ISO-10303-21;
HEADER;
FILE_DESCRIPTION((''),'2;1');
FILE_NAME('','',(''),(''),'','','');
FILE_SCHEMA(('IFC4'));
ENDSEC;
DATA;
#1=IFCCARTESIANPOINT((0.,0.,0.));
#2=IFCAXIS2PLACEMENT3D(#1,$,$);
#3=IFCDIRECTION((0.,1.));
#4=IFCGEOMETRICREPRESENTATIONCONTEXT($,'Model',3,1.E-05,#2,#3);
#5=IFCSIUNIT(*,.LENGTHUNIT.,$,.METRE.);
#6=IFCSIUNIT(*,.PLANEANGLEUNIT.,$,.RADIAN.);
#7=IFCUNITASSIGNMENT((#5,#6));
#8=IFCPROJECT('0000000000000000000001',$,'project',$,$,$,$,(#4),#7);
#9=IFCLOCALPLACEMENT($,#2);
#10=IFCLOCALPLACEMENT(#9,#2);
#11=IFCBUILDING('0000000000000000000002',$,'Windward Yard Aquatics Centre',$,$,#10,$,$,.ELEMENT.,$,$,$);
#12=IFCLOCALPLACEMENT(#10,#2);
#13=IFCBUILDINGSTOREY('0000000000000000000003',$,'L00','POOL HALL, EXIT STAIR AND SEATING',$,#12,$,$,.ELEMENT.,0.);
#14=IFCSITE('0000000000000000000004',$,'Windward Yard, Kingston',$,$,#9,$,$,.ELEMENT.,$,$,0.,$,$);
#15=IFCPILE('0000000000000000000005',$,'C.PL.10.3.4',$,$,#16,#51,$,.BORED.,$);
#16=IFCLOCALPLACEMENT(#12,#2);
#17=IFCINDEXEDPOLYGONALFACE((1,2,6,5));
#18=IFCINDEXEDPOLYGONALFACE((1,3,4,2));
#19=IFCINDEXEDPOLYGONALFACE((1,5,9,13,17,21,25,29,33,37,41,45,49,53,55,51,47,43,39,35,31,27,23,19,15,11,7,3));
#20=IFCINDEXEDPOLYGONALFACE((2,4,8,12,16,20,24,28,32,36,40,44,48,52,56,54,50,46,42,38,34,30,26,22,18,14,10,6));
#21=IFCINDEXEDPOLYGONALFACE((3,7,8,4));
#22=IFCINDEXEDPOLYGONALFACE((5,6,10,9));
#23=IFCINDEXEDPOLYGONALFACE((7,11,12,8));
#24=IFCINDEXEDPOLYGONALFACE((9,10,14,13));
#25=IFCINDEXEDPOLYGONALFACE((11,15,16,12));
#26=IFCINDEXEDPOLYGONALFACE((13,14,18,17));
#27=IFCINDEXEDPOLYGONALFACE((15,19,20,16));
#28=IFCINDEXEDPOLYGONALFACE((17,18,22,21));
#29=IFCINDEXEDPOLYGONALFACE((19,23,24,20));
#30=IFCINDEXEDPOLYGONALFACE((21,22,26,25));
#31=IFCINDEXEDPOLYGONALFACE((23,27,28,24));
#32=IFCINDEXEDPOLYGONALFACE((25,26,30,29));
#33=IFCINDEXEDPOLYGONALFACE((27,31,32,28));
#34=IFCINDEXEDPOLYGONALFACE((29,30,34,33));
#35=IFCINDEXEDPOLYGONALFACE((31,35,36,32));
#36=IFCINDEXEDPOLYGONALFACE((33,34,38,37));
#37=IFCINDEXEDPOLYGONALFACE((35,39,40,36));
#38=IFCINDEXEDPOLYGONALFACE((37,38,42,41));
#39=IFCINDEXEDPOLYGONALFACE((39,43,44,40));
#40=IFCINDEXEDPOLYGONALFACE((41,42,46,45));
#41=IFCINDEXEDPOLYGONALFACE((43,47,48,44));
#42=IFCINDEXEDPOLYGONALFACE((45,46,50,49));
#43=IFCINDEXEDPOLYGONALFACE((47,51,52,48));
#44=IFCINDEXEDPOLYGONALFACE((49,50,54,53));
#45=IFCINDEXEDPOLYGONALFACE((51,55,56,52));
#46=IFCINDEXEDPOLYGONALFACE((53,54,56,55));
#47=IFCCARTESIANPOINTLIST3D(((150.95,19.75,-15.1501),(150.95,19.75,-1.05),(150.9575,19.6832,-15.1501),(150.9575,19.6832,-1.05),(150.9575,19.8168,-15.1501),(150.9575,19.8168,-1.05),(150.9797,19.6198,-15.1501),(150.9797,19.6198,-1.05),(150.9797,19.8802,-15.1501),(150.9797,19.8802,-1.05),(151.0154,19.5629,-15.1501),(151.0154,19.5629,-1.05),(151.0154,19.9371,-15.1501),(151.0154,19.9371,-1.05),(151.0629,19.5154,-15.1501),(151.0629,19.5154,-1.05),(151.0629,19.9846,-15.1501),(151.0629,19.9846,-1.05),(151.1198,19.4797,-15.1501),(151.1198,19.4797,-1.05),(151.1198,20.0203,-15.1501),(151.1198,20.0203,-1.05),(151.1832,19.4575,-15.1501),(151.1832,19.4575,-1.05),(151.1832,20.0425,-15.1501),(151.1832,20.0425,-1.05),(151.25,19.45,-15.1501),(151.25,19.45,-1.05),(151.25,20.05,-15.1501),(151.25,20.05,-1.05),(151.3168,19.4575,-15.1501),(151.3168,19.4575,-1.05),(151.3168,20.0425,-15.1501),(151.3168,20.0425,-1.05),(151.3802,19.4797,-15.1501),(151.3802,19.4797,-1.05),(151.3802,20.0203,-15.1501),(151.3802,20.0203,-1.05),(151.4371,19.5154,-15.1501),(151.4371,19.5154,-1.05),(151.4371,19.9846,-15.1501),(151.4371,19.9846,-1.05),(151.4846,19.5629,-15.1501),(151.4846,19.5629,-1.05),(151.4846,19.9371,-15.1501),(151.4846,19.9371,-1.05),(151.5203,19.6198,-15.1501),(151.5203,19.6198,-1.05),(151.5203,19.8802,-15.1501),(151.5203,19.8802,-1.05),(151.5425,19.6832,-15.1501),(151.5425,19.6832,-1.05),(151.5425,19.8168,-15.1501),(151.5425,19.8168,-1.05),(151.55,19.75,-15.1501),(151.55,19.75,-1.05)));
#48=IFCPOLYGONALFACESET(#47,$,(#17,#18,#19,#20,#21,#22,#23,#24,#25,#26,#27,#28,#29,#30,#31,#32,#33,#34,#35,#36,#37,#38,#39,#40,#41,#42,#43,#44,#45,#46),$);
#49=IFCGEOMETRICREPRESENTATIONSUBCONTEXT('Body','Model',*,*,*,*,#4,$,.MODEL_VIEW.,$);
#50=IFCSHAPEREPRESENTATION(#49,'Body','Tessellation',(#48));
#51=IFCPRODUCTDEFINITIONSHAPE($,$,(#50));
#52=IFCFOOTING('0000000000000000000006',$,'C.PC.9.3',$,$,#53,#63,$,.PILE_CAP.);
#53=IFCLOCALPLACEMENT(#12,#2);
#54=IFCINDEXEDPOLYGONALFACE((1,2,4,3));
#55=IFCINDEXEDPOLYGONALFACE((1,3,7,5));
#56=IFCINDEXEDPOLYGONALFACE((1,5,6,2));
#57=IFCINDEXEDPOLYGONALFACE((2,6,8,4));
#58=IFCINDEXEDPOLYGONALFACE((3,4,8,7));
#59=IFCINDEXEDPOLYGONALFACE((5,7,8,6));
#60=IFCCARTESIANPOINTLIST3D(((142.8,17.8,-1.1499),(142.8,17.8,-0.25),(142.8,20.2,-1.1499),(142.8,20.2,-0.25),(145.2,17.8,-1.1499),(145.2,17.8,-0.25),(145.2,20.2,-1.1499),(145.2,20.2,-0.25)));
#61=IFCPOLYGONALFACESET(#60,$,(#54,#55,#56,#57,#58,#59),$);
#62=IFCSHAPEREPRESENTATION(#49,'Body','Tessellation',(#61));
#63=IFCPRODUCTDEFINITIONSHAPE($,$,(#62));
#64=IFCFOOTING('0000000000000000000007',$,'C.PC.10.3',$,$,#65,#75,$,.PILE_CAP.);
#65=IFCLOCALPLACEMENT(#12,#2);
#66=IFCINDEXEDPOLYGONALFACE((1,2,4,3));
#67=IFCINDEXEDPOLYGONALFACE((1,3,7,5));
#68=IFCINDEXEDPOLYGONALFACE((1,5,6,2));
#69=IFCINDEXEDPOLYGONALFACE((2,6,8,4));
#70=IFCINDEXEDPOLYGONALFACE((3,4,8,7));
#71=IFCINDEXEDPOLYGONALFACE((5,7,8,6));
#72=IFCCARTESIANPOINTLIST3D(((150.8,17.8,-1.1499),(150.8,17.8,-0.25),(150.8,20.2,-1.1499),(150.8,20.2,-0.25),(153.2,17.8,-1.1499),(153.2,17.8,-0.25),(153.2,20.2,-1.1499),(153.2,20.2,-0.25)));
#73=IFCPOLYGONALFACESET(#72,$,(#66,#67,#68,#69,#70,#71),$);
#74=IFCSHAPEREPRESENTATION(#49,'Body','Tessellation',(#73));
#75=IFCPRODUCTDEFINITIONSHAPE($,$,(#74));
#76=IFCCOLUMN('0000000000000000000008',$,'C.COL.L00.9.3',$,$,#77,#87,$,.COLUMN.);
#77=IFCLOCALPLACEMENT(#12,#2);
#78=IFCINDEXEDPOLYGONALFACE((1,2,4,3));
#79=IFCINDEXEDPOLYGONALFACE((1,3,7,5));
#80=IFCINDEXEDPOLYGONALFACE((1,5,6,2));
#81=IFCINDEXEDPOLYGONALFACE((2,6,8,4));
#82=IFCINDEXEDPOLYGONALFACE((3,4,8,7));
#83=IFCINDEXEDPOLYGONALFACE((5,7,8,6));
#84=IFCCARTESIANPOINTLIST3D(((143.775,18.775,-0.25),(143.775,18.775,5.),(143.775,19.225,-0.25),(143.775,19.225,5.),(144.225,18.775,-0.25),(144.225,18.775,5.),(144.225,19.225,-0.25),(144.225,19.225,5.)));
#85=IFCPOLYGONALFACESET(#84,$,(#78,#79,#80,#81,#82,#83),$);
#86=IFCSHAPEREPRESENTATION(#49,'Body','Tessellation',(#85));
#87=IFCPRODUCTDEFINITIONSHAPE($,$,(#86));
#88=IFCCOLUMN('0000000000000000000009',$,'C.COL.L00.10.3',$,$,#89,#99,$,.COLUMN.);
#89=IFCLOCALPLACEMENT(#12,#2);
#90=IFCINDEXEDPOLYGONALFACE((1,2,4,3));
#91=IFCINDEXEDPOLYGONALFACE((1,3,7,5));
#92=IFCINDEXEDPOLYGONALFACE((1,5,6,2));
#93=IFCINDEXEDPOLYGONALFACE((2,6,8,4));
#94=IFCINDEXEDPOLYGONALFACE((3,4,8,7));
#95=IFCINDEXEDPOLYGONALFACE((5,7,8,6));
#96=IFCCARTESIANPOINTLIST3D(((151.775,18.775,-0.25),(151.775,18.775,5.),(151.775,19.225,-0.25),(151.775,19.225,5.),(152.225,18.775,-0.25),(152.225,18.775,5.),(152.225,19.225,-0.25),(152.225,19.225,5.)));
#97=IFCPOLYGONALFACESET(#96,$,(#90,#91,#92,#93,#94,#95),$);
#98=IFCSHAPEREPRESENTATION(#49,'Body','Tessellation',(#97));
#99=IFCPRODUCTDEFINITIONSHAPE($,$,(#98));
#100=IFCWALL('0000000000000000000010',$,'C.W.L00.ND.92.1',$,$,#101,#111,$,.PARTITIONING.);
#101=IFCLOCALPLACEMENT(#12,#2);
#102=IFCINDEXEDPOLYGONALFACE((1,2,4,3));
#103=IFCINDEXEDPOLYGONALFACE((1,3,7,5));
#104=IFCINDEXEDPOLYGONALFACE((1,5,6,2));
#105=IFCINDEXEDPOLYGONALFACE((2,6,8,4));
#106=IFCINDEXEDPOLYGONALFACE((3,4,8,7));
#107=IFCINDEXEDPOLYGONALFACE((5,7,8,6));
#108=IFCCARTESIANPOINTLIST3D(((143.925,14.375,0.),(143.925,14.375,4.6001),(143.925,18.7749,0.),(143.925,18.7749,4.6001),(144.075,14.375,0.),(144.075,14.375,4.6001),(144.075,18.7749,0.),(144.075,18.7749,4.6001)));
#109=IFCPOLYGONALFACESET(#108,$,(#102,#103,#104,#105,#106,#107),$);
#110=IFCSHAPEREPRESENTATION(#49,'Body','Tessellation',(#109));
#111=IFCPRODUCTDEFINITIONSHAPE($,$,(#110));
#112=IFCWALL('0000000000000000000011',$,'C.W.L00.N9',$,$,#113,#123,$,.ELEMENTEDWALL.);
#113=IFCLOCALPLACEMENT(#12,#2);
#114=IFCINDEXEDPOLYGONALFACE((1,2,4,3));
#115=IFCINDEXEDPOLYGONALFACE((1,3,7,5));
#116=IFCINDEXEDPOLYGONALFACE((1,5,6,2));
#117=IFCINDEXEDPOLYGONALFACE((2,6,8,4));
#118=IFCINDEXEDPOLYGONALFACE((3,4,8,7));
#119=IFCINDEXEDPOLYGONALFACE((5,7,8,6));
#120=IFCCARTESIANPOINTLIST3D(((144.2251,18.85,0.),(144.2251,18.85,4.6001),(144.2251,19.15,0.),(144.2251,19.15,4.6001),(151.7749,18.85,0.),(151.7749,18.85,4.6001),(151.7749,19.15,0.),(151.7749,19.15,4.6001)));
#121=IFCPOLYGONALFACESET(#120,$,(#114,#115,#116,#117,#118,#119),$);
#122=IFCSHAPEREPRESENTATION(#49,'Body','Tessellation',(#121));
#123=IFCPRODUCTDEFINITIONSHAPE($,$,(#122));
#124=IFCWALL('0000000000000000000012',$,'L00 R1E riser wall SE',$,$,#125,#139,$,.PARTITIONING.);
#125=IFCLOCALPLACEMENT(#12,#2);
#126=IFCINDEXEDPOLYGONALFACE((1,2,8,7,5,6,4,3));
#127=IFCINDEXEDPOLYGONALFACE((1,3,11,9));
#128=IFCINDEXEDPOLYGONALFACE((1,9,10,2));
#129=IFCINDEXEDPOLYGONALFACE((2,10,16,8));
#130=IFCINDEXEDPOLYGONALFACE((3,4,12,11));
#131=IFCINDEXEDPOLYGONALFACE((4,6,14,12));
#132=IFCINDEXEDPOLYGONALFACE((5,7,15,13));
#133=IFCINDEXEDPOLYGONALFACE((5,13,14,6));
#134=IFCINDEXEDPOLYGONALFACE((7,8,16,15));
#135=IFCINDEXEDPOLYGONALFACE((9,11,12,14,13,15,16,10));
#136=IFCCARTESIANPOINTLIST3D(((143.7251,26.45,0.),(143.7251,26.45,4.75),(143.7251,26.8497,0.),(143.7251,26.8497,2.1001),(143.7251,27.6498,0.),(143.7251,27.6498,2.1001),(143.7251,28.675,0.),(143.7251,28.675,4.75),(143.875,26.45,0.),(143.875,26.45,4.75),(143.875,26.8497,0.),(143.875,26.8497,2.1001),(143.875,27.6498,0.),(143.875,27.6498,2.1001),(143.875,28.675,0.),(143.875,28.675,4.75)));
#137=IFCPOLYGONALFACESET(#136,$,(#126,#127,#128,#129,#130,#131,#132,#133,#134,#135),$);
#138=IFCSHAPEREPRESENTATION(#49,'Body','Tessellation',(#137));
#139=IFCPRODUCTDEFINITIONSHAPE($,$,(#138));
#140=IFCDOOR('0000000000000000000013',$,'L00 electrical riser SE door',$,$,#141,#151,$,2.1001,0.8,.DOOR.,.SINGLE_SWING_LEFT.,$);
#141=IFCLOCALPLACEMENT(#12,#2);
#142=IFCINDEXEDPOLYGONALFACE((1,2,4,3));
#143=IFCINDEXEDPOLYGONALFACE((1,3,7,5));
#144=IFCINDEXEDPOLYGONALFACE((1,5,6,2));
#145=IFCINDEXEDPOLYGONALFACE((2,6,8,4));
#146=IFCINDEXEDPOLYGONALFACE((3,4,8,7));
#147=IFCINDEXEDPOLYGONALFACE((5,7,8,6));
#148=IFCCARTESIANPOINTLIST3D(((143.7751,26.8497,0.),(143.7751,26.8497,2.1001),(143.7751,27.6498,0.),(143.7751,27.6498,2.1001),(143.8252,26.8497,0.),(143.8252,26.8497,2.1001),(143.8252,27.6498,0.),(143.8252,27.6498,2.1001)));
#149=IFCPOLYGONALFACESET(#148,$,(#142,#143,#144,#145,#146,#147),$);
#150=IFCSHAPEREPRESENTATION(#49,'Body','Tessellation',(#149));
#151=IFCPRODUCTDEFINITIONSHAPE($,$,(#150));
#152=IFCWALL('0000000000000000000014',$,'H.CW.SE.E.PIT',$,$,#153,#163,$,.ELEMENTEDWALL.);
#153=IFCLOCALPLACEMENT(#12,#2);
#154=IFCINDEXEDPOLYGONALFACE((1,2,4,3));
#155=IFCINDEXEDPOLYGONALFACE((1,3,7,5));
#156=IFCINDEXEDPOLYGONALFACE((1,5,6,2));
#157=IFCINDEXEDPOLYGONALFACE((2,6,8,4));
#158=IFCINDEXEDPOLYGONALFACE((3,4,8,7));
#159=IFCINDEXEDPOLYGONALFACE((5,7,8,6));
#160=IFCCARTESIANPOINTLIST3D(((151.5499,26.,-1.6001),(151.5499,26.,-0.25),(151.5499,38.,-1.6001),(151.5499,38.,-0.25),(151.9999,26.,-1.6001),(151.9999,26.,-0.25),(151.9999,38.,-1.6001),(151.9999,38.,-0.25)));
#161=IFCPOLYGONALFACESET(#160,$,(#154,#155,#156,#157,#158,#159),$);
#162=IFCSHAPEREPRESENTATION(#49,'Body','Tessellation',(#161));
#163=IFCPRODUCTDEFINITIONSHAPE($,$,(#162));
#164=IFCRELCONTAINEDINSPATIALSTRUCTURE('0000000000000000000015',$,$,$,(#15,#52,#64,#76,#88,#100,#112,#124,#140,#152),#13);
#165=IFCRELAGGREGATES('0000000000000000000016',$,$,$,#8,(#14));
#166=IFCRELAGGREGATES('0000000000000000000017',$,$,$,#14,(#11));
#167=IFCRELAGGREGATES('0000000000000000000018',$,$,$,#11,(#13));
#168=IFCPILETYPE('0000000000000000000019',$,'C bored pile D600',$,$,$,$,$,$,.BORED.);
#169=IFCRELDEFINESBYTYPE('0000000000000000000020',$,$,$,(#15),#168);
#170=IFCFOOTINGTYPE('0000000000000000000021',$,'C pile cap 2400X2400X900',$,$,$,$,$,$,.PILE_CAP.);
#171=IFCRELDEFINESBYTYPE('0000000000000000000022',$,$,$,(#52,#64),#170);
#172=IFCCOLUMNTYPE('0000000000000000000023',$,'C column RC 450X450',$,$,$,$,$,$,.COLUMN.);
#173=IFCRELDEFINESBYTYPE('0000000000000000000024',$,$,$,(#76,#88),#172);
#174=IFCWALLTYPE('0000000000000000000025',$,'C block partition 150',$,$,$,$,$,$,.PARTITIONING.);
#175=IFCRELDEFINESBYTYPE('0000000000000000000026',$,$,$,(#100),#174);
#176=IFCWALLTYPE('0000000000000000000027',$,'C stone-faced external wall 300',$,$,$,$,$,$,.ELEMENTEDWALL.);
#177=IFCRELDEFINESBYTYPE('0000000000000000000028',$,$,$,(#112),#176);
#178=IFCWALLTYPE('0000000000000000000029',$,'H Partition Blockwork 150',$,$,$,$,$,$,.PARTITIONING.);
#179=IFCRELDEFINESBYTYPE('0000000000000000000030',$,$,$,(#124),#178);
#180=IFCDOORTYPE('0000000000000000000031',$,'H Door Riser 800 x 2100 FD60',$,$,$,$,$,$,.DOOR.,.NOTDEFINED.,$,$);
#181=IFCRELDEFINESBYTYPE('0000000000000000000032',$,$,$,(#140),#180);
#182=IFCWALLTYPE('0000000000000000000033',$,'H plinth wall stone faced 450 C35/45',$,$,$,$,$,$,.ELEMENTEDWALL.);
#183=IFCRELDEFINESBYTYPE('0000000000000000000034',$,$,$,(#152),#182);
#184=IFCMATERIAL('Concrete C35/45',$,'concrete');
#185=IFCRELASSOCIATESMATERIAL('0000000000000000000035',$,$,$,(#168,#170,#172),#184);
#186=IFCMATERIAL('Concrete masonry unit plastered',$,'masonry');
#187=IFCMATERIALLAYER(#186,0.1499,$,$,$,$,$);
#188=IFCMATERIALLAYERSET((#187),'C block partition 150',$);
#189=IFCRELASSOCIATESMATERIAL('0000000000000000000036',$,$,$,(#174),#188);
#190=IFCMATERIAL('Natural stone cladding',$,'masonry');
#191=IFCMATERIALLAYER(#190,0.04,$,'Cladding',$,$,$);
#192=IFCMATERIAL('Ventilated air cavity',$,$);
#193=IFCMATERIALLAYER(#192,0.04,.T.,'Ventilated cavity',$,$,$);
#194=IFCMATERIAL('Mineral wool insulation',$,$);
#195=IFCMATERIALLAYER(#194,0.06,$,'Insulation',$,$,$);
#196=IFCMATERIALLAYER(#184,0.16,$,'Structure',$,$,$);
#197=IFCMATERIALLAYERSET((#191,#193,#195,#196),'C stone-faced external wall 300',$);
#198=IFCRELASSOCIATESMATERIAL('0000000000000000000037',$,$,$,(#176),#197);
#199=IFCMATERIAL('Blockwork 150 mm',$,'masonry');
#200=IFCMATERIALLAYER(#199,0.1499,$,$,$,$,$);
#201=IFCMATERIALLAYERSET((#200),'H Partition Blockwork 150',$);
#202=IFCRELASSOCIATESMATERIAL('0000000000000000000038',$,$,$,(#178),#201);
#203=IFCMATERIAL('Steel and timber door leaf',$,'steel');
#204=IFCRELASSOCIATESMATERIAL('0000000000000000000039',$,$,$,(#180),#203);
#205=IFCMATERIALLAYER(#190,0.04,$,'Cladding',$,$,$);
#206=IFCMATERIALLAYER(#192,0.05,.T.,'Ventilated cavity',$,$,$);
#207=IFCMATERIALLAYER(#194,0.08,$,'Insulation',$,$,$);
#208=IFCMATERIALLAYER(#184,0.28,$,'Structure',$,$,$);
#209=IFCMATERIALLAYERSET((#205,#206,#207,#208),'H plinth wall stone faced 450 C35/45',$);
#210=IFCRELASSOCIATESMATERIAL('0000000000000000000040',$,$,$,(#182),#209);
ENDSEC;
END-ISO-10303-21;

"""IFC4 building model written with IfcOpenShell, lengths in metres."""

from ifc_helpers import new_model, si_unit, direction, frame, frame_2d, origin, origin_2d, place, context, subcontext, project, spatial, rectangle, circle, extrude, material, layer, layer_set, material_profile, profile_set, type_object, element, fill, save


model = new_model("IFC4")

# Units and contexts
model_context = context("Model", 3, precision=1e-05, world=origin(), true_north=direction((0.0, 1.0)))
body_context = subcontext(model_context, "Body", "Model", "MODEL_VIEW")
ifc_project = project(units=[si_unit("LENGTHUNIT", "METRE"), si_unit("PLANEANGLEUNIT", "RADIAN")], contexts=[model_context])

# Site, building, storey
site_placement = place(None, origin())
site = spatial("IfcSite", under=ifc_project, at=site_placement, Name="Windward Yard, Kingston", CompositionType="ELEMENT", RefElevation=0.0)
building_placement = place(site_placement, origin())
building = spatial("IfcBuilding", under=site, at=building_placement, Name="Windward Yard Aquatics Centre", CompositionType="ELEMENT")
storey_placement = place(building_placement, origin())
storey = spatial("IfcBuildingStorey", under=building, at=storey_placement, Name="L00", Description="POOL HALL, EXIT STAIR AND SEATING", CompositionType="ELEMENT", Elevation=0.0)

# Pile
ifc_material_1 = material(Name="Concrete C35/45", Category="concrete")
ifc_material_profile_1 = material_profile(ifc_material_1, circle(Radius=0.3, at=origin_2d()), Name="RC D600")
ifc_profile_set_1 = profile_set([ifc_material_profile_1], Name="Concrete C35/45")
pile_type = type_object("IfcPileType", Name="C bored pile D600", PredefinedType="BORED", material=ifc_profile_set_1)
for number, where, z_axis, x_axis, name in (
    (1, (151.25, 19.75, -1.05), (0.0, 0.0, -1.0), (1.0, 0.0, 0.0), "C.PL.10.3.4"),
):
    element("IfcPile", number, at=place(storey_placement, frame(where, z_axis=z_axis, x_axis=x_axis)), inside=storey, type_object=pile_type, Name=name, PredefinedType="BORED", context=body_context, shape_type="SweptSolid", body=[
        extrude(circle(Radius=0.3, at=origin_2d()), origin(), (0.0, 0.0, 1.0), 14.1001),
    ])

# Footings
footing_type = type_object("IfcFootingType", Name="C pile cap 2400X2400X900", PredefinedType="PILE_CAP", material=ifc_material_1)
for number, where, z_axis, x_axis, name in (
    (2, (144.0, 19.0, -1.1499), (0.0, 0.0, 1.0), (1.0, 0.0, 0.0), "C.PC.9.3"),
    (3, (152.0, 19.0, -1.1499), (0.0, 0.0, 1.0), (1.0, 0.0, 0.0), "C.PC.10.3"),
):
    element("IfcFooting", number, at=place(storey_placement, frame(where, z_axis=z_axis, x_axis=x_axis)), inside=storey, type_object=footing_type, Name=name, PredefinedType="PILE_CAP", context=body_context, shape_type="SweptSolid", body=[
        extrude(rectangle(XDim=2.3999, YDim=2.3999, at=origin_2d()), origin(), (0.0, 0.0, 1.0), 0.8999),
    ])

# Columns
ifc_material_profile_2 = material_profile(ifc_material_1, rectangle(XDim=0.45, YDim=0.45, at=origin_2d()), Name="RC 450X450")
ifc_profile_set_2 = profile_set([ifc_material_profile_2], Name="Concrete C35/45")
column_type = type_object("IfcColumnType", Name="C column RC 450X450", PredefinedType="COLUMN", material=ifc_profile_set_2)
for number, where, z_axis, x_axis, name in (
    (4, (144.0, 19.0, -0.25), (0.0, 0.0, 1.0), (1.0, 0.0, 0.0), "C.COL.L00.9.3"),
    (5, (152.0, 19.0, -0.25), (0.0, 0.0, 1.0), (1.0, 0.0, 0.0), "C.COL.L00.10.3"),
):
    element("IfcColumn", number, at=place(storey_placement, frame(where, z_axis=z_axis, x_axis=x_axis)), inside=storey, type_object=column_type, Name=name, PredefinedType="COLUMN", context=body_context, shape_type="SweptSolid", body=[
        extrude(rectangle(XDim=0.45, YDim=0.45, at=origin_2d()), origin(), (0.0, 0.0, 1.0), 5.25),
    ])

# Walls
ifc_material_2 = material(Name="Concrete masonry unit plastered", Category="masonry")
ifc_layer_1 = layer(ifc_material_2, 0.1499)
ifc_layer_set_1 = layer_set([ifc_layer_1], Name="C block partition 150")
wall_type_1 = type_object("IfcWallType", Name="C block partition 150", PredefinedType="PARTITIONING", material=ifc_layer_set_1)
wall_1_placement = place(storey_placement, frame((144.0, 14.375, 0.0), z_axis=(0.0, 0.0, 1.0), x_axis=(0.0, 1.0, 0.0)))
element("IfcWall", 6, at=wall_1_placement, inside=storey, type_object=wall_type_1, Name="C.W.L00.ND.92.1", PredefinedType="PARTITIONING", context=body_context, shape_type="SweptSolid", body=[
    extrude(rectangle(XDim=4.3999, YDim=0.1499, at=frame_2d((2.2, 0.0))), origin(), (0.0, 0.0, 1.0), 4.6001),
])
ifc_material_3 = material(Name="Natural stone cladding", Category="masonry")
ifc_layer_2 = layer(ifc_material_3, 0.04, Name="Cladding")
ifc_material_4 = material(Name="Ventilated air cavity")
ifc_layer_3 = layer(ifc_material_4, 0.04, ventilated=True, Name="Ventilated cavity")
ifc_material_5 = material(Name="Mineral wool insulation")
ifc_layer_4 = layer(ifc_material_5, 0.06, Name="Insulation")
ifc_layer_5 = layer(ifc_material_1, 0.16, Name="Structure")
ifc_layer_set_2 = layer_set([ifc_layer_2, ifc_layer_3, ifc_layer_4, ifc_layer_5], Name="C stone-faced external wall 300")
wall_type_2 = type_object("IfcWallType", Name="C stone-faced external wall 300", PredefinedType="ELEMENTEDWALL", material=ifc_layer_set_2)
wall_2_placement = place(storey_placement, frame((144.2251, 19.0, 0.0), z_axis=(0.0, 0.0, 1.0), x_axis=(1.0, 0.0, 0.0)))
element("IfcWall", 7, at=wall_2_placement, inside=storey, type_object=wall_type_2, Name="C.W.L00.N9", PredefinedType="ELEMENTEDWALL", context=body_context, shape_type="SweptSolid", body=[
    extrude(rectangle(XDim=7.5498, YDim=0.3, at=frame_2d((3.7749, 0.0))), origin(), (0.0, 0.0, 1.0), 4.6001),
])

# Wall, opening, door
ifc_material_6 = material(Name="Blockwork 150 mm", Category="masonry")
ifc_layer_6 = layer(ifc_material_6, 0.1499)
ifc_layer_set_3 = layer_set([ifc_layer_6], Name="H Partition Blockwork 150")
wall_type_3 = type_object("IfcWallType", Name="H Partition Blockwork 150", PredefinedType="PARTITIONING", material=ifc_layer_set_3)
wall_3_placement = place(storey_placement, frame((143.8, 26.45, 0.0), z_axis=(0.0, 0.0, 1.0), x_axis=(0.0, 1.0, 0.0)))
wall_3 = element("IfcWall", 8, at=wall_3_placement, inside=storey, type_object=wall_type_3, Name="L00 R1E riser wall SE", PredefinedType="PARTITIONING", context=body_context, shape_type="SweptSolid", body=[
    extrude(rectangle(XDim=2.2251, YDim=0.1499, at=frame_2d((1.1125, 0.0))), origin(), (0.0, 0.0, 1.0), 4.75),
])
opening_1_placement = place(wall_3_placement, frame((0.3999, 0.0, 0.0)))
opening_1 = element("IfcOpeningElement", 9, at=opening_1_placement, cuts=wall_3, PredefinedType="OPENING", context=body_context, shape_type="SweptSolid", body=[
    extrude(rectangle(XDim=0.8, YDim=2.1001, at=frame_2d((0.3999, 1.05))), frame((0.0, 0.085, 0.0), z_axis=(0.0, -1.0, 0.0), x_axis=(1.0, 0.0, 0.0)), (0.0, 0.0, 1.0), 0.1699),
])
ifc_material_7 = material(Name="Steel and timber door leaf", Category="steel")
door_type_1 = type_object("IfcDoorType", Name="H Door Riser 800 x 2100 FD60", OperationType="NOTDEFINED", PredefinedType="DOOR", material=ifc_material_7)
door_1_placement = place(opening_1_placement, origin())
door_1 = element("IfcDoor", 10, at=door_1_placement, inside=storey, type_object=door_type_1, Name="L00 electrical riser SE door", OperationType="SINGLE_SWING_LEFT", OverallHeight=2.1001, OverallWidth=0.8, PredefinedType="DOOR", context=body_context, shape_type="SweptSolid", body=[
    extrude(rectangle(XDim=0.8, YDim=2.1001, at=frame_2d((0.3999, 1.05))), frame((0.0, 0.0249, 0.0), z_axis=(0.0, -1.0, 0.0), x_axis=(1.0, 0.0, 0.0)), (0.0, 0.0, 1.0), 0.05),
])
fill(opening_1, door_1)

# Wall
ifc_layer_7 = layer(ifc_material_3, 0.04, Name="Cladding")
ifc_layer_8 = layer(ifc_material_4, 0.05, ventilated=True, Name="Ventilated cavity")
ifc_layer_9 = layer(ifc_material_5, 0.08, Name="Insulation")
ifc_layer_10 = layer(ifc_material_1, 0.28, Name="Structure")
ifc_layer_set_4 = layer_set([ifc_layer_7, ifc_layer_8, ifc_layer_9, ifc_layer_10], Name="H plinth wall stone faced 450 C35/45")
wall_type_4 = type_object("IfcWallType", Name="H plinth wall stone faced 450 C35/45", PredefinedType="ELEMENTEDWALL", material=ifc_layer_set_4)
wall_4_placement = place(storey_placement, frame((151.7749, 26.0, -1.6001), z_axis=(0.0, 0.0, 1.0), x_axis=(0.0, 1.0, 0.0)))
element("IfcWall", 11, at=wall_4_placement, inside=storey, type_object=wall_type_4, Name="H.CW.SE.E.PIT", PredefinedType="ELEMENTEDWALL", context=body_context, shape_type="SweptSolid", body=[
    extrude(rectangle(XDim=12.0, YDim=0.45, at=frame_2d((6.0, 0.0))), origin(), (0.0, 0.0, 1.0), 1.3501),
])

save(model, "model.ifc")
